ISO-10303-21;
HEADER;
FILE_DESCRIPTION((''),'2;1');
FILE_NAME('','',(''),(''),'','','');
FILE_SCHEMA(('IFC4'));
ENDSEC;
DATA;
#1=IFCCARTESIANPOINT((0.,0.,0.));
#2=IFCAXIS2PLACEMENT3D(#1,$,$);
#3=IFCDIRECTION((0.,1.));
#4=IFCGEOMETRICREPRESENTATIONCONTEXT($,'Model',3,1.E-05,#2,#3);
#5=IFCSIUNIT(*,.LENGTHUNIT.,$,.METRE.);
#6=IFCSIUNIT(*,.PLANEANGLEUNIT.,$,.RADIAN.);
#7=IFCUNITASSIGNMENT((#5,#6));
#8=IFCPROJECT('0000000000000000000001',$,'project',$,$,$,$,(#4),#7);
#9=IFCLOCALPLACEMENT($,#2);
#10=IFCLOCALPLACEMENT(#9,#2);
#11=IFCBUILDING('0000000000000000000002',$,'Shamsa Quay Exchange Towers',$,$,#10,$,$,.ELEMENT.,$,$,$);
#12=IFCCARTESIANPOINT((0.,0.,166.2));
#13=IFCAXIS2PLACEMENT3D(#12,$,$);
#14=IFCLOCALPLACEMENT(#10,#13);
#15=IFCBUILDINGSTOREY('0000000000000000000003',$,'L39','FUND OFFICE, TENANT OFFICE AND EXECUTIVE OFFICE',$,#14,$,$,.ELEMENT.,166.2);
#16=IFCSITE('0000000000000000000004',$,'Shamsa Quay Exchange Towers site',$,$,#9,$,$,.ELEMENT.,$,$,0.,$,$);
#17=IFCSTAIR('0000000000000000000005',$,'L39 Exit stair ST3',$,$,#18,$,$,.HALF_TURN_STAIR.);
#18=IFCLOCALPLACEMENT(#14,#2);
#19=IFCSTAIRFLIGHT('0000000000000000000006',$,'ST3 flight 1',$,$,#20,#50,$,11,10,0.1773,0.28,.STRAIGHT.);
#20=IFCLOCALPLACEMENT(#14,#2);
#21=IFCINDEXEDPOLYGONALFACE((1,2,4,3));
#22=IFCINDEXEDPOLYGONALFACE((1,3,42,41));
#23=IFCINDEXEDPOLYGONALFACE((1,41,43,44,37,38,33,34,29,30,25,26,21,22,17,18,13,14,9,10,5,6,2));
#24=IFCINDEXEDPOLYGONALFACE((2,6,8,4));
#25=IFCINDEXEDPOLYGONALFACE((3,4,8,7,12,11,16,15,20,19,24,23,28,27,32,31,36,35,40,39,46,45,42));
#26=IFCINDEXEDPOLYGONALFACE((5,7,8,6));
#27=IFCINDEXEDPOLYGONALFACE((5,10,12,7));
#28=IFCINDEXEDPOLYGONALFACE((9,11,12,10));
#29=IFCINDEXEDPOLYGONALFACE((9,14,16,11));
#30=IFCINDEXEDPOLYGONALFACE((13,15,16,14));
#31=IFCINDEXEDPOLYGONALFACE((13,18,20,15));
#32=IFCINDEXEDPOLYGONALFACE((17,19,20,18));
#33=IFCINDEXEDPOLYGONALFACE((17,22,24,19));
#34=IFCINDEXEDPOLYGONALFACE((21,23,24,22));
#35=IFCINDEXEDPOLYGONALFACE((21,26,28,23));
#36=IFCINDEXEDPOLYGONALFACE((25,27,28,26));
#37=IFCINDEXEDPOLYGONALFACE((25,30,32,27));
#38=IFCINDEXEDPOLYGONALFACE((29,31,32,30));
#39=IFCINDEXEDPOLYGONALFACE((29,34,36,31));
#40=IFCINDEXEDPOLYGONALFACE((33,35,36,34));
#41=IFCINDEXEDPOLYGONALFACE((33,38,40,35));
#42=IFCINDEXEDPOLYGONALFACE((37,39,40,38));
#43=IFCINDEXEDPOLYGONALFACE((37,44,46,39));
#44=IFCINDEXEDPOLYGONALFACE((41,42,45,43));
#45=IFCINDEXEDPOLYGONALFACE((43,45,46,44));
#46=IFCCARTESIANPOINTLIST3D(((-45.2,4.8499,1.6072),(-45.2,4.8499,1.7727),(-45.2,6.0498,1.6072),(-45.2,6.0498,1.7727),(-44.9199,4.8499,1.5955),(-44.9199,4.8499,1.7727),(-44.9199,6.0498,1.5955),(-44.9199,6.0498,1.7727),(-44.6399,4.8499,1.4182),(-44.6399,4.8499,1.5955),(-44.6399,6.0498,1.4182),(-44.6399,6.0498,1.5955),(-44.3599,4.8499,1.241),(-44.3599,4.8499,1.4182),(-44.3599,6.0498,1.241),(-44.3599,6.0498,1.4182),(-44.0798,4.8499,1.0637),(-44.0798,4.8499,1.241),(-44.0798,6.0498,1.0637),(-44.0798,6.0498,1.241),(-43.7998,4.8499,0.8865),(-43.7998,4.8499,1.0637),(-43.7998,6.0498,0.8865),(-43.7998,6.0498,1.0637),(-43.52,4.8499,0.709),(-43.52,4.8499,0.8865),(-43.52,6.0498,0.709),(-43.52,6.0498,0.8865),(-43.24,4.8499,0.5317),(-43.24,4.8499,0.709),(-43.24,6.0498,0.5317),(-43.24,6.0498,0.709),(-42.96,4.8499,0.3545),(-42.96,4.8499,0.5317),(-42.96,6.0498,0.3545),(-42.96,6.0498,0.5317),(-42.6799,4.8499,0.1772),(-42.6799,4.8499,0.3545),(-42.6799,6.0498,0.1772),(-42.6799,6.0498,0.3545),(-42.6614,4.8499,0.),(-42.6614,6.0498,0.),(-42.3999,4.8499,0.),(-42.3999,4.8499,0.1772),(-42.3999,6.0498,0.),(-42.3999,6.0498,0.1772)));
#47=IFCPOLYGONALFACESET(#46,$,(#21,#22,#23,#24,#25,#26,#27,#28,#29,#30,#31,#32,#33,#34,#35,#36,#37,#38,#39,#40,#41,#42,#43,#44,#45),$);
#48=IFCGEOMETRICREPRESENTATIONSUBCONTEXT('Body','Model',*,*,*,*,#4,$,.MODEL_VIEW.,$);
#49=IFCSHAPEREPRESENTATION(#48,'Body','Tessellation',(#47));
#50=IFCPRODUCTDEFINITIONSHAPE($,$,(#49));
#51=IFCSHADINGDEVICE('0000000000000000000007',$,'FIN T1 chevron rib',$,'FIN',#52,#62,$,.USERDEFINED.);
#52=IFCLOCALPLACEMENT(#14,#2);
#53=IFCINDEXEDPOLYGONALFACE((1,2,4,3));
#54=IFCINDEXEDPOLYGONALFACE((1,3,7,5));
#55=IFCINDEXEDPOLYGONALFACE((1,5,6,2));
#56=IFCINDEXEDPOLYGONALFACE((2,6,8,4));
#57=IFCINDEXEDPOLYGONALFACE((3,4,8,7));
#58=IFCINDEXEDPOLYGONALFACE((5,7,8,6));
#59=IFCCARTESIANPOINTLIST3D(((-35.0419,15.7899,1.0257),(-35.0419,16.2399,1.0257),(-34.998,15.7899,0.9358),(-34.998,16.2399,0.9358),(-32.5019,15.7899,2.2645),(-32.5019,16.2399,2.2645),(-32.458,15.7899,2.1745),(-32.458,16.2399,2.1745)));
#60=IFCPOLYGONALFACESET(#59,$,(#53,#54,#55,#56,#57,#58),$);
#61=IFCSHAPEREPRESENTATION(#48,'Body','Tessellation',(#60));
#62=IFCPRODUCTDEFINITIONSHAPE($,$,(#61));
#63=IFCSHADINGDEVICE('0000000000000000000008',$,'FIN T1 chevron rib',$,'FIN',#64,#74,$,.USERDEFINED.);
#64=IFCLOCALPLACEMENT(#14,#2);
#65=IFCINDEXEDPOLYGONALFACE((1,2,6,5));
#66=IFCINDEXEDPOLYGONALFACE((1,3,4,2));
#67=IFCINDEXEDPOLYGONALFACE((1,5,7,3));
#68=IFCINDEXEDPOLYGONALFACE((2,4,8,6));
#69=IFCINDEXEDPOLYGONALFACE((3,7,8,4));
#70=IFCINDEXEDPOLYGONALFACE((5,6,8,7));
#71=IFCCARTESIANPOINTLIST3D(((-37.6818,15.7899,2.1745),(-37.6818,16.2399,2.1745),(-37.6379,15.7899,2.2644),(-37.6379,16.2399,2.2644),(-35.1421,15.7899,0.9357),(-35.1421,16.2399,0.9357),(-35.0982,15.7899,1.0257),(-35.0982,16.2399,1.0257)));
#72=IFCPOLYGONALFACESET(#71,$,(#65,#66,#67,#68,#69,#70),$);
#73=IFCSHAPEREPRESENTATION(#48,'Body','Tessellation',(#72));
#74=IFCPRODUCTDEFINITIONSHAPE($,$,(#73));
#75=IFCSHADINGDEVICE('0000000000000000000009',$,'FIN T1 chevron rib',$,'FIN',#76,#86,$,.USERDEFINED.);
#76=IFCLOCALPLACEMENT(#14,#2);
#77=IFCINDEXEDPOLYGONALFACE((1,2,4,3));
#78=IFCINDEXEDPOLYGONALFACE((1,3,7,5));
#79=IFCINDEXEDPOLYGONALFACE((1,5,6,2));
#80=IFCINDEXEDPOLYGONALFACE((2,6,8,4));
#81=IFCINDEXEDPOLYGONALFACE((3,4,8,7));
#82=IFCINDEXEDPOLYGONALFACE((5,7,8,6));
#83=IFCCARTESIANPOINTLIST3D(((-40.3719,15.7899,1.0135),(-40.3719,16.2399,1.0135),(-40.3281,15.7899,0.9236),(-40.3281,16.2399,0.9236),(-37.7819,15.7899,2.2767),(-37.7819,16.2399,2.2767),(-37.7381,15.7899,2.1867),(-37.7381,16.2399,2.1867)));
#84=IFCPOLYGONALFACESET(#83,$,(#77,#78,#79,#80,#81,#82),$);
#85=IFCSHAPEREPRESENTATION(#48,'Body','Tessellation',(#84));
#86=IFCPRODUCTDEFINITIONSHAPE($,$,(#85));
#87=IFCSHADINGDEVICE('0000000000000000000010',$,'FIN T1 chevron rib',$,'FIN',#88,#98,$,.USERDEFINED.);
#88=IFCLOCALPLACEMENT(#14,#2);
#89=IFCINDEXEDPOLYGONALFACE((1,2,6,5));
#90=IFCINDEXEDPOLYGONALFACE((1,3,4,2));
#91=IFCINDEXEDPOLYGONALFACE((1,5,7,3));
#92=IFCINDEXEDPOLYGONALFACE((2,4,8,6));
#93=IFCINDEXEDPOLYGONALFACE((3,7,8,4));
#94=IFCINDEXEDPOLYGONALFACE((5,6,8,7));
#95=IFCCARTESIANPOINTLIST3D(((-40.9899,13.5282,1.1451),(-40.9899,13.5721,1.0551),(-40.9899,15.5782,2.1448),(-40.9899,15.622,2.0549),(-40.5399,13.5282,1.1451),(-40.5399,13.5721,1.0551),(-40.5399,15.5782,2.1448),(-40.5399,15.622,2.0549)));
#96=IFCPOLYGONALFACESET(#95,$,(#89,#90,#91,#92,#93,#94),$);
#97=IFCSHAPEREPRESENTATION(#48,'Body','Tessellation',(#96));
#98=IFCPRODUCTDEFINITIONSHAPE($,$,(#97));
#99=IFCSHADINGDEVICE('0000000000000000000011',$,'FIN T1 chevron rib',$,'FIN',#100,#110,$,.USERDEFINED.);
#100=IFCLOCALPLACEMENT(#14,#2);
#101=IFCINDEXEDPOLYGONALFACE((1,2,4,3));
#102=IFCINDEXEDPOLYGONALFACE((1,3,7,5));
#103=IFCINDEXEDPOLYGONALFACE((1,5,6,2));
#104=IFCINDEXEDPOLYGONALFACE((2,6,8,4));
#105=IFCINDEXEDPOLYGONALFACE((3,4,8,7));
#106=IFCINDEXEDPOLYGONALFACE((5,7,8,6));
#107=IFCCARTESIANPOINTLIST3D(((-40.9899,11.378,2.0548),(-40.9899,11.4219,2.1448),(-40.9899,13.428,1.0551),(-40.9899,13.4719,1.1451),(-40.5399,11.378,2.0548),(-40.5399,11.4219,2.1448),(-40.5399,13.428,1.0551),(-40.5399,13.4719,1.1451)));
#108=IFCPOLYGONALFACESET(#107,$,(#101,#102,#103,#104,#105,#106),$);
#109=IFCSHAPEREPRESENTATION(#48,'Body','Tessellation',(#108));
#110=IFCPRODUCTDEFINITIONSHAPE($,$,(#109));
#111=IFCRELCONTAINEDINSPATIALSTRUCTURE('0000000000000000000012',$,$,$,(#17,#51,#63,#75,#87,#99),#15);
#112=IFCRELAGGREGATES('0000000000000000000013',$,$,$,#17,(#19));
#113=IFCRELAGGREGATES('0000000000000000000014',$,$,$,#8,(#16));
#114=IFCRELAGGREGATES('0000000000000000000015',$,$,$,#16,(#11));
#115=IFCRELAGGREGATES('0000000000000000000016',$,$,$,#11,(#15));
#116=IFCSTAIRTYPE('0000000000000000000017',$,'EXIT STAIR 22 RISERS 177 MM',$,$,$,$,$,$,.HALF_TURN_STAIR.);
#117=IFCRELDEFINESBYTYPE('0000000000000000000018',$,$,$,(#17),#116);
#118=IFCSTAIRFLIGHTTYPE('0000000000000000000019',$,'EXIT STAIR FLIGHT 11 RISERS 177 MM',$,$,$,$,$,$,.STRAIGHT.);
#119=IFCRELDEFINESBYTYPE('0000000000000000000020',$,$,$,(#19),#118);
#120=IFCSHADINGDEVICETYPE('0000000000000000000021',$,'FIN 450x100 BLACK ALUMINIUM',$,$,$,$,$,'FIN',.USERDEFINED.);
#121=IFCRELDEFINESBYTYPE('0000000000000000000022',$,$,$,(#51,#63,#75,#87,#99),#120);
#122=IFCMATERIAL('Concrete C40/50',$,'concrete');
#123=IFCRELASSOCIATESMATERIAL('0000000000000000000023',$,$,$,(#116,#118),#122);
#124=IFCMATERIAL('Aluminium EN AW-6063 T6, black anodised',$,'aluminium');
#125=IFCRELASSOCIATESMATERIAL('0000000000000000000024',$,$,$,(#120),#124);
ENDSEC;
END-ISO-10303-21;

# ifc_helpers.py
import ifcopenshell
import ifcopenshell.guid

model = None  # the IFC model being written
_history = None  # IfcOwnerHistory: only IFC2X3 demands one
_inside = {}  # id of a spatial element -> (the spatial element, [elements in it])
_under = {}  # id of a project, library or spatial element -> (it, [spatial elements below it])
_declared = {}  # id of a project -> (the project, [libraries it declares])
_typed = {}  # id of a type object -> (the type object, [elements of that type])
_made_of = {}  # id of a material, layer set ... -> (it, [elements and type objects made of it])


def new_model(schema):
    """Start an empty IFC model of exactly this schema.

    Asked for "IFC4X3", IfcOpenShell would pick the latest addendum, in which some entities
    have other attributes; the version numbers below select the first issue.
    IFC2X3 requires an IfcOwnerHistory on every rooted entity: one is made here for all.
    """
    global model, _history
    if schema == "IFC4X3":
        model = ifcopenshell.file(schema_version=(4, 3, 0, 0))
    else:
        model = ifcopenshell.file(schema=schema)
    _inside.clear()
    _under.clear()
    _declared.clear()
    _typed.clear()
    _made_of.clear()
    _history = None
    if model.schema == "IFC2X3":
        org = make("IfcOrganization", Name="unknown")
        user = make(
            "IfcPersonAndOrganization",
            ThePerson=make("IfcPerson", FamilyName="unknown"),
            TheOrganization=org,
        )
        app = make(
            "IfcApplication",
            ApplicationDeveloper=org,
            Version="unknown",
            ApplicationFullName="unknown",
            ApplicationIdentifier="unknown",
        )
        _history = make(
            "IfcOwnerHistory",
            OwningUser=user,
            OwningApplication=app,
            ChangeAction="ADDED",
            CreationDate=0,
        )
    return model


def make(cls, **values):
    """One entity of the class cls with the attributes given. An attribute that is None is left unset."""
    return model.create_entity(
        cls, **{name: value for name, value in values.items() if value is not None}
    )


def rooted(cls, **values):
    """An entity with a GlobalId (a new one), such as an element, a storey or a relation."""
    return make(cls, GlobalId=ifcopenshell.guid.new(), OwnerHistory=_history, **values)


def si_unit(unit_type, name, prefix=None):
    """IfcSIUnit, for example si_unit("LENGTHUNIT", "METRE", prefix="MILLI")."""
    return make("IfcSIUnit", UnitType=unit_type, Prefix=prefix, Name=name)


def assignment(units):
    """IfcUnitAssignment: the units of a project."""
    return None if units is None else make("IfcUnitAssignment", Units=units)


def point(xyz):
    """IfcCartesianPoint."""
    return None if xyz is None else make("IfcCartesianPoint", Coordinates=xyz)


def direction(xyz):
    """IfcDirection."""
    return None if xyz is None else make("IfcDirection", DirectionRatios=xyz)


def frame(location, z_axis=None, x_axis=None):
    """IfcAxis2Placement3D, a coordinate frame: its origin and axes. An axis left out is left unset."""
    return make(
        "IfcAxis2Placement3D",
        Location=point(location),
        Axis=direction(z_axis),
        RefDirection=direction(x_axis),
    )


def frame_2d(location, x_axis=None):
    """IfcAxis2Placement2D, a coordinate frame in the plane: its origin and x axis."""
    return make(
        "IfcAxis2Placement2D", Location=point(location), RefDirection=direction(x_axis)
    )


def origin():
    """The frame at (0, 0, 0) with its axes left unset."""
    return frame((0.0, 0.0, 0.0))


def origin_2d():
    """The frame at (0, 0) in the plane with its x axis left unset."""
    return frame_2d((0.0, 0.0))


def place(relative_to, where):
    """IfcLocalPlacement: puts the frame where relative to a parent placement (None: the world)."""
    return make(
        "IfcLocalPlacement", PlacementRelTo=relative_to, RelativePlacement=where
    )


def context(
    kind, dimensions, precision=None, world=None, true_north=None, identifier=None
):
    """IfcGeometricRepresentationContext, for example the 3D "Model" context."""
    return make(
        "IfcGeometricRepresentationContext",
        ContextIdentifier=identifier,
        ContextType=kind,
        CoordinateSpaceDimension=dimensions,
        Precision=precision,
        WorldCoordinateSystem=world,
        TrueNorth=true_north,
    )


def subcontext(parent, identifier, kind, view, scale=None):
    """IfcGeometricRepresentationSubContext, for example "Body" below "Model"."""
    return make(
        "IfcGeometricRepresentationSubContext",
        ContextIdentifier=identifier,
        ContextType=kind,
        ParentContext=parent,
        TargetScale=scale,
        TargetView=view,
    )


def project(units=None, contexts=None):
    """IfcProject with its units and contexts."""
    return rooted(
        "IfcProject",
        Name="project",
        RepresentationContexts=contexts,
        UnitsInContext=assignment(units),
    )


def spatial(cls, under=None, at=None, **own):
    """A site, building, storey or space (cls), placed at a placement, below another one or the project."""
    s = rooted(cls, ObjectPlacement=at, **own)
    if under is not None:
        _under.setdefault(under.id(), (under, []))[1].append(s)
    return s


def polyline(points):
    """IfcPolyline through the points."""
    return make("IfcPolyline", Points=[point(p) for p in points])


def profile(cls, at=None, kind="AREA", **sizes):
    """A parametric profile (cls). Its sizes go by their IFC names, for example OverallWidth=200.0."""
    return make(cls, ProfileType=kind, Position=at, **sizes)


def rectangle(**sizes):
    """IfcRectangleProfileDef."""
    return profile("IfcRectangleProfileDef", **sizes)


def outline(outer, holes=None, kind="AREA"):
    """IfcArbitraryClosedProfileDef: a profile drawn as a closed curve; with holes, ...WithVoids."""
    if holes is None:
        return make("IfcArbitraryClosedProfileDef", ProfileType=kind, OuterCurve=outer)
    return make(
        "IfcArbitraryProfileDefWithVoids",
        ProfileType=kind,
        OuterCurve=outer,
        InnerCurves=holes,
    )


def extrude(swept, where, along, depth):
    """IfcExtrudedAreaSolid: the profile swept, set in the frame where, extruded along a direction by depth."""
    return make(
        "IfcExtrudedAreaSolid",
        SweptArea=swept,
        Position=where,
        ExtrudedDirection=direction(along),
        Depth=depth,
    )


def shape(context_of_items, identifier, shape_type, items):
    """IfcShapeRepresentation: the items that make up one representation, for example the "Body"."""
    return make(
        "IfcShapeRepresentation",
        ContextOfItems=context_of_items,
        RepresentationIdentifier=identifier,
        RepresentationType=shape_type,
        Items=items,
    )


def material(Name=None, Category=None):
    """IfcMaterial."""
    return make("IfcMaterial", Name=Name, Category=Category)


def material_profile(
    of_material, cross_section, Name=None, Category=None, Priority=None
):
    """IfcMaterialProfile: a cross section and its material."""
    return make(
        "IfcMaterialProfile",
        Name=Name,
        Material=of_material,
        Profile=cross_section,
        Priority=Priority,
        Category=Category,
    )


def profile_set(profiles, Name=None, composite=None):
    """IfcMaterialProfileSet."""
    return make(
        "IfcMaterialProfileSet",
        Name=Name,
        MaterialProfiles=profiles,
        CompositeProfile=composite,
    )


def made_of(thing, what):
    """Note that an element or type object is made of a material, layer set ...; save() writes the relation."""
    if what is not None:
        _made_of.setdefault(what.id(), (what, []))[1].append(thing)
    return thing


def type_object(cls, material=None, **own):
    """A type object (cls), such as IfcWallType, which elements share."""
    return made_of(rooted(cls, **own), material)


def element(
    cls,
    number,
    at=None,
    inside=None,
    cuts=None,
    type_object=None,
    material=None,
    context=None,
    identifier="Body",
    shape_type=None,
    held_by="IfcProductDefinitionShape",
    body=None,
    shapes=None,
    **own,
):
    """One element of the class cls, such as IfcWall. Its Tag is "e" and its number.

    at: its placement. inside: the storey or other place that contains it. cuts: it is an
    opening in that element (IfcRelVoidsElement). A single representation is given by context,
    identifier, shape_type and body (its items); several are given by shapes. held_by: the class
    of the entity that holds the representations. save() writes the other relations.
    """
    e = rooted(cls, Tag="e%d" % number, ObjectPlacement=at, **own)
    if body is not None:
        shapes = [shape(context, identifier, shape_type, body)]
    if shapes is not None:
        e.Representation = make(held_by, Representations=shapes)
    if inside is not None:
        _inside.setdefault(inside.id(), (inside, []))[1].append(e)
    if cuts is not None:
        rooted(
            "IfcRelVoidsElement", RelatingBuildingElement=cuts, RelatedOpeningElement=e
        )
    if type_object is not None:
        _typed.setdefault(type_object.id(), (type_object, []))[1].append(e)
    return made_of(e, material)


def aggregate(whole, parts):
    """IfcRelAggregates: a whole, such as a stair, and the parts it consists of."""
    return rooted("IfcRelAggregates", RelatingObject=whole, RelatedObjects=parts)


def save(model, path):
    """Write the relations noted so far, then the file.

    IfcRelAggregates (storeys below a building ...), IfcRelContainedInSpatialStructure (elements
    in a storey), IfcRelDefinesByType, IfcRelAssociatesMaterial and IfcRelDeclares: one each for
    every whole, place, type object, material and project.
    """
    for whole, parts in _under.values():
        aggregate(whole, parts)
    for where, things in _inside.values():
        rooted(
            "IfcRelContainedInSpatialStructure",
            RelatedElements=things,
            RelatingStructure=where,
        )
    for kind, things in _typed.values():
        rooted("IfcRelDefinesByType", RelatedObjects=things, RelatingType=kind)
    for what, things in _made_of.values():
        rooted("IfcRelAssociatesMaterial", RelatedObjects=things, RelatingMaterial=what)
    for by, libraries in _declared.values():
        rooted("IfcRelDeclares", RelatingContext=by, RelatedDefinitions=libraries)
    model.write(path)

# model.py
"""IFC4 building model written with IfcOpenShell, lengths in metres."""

from ifc_helpers import new_model, si_unit, direction, frame, origin, origin_2d, place, context, subcontext, project, spatial, polyline, rectangle, outline, extrude, material, material_profile, profile_set, type_object, element, aggregate, save


model = new_model("IFC4")

# Units and contexts
model_context = context("Model", 3, precision=1e-05, world=origin(), true_north=direction((0.0, 1.0)))
body_context = subcontext(model_context, "Body", "Model", "MODEL_VIEW")
ifc_project = project(units=[si_unit("LENGTHUNIT", "METRE"), si_unit("PLANEANGLEUNIT", "RADIAN")], contexts=[model_context])

# Site, building, storey
site_placement = place(None, origin())
site = spatial("IfcSite", under=ifc_project, at=site_placement, Name="Shamsa Quay Exchange Towers site", CompositionType="ELEMENT", RefElevation=0.0)
building_placement = place(site_placement, origin())
building = spatial("IfcBuilding", under=site, at=building_placement, Name="Shamsa Quay Exchange Towers", CompositionType="ELEMENT")
storey_placement = place(building_placement, frame((0.0, 0.0, 166.2)))
storey = spatial("IfcBuildingStorey", under=building, at=storey_placement, Name="L39", Description="FUND OFFICE, TENANT OFFICE AND EXECUTIVE OFFICE", CompositionType="ELEMENT", Elevation=166.2)

# Shared definitions
ifc_material_1 = material(Name="Aluminium EN AW-6063 T6, black anodised", Category="aluminium")

# Stair, stair flight
ifc_material_2 = material(Name="Concrete C40/50", Category="concrete")
stair_type = type_object("IfcStairType", Name="EXIT STAIR 22 RISERS 177 MM", PredefinedType="HALF_TURN_STAIR", material=ifc_material_2)
stair_placement = place(storey_placement, origin())
stair = element("IfcStair", 1, at=stair_placement, inside=storey, type_object=stair_type, Name="L39 Exit stair ST3", PredefinedType="HALF_TURN_STAIR")
stair_flight_type = type_object("IfcStairFlightType", Name="EXIT STAIR FLIGHT 11 RISERS 177 MM", PredefinedType="STRAIGHT", material=ifc_material_2)
stair_flight_placement = place(storey_placement, frame((-42.3999, 5.45, 0.0), z_axis=(0.0, 0.0, 1.0), x_axis=(-1.0, 0.0, 0.0)))
stair_flight = element("IfcStairFlight", 2, at=stair_flight_placement, type_object=stair_flight_type, Name="ST3 flight 1", NumberOfRisers=11, NumberOfTreads=10, PredefinedType="STRAIGHT", RiserHeight=0.1773, TreadLength=0.28, context=body_context, shape_type="SweptSolid", body=[
    extrude(outline(polyline([(0.0, 0.0), (0.0, 0.1772), (0.28, 0.1772), (0.28, 0.3545), (0.5601, 0.3545), (0.5601, 0.5317), (0.8401, 0.5317), (0.8401, 0.709), (1.1201, 0.709), (1.1201, 0.8865), (1.3999, 0.8865), (1.3999, 1.0637), (1.6799, 1.0637), (1.6799, 1.241), (1.96, 1.241), (1.96, 1.4182), (2.24, 1.4182), (2.24, 1.5955), (2.52, 1.5955), (2.52, 1.7727), (2.8, 1.7727), (2.8, 1.95), (2.8, 1.6072), (0.2615, 0.0), (0.0, 0.0)])), frame((0.0, 0.6001, 0.0), z_axis=(0.0, -1.0, 0.0), x_axis=(1.0, 0.0, 0.0)), (0.0, 0.0, 1.0), 1.2),
])
aggregate(stair, [stair_flight])

# Shading devices
ifc_material_profile_1 = material_profile(ifc_material_1, rectangle(XDim=0.45, YDim=0.1001, at=origin_2d()), Name="FIN450x100")
ifc_profile_set_1 = profile_set([ifc_material_profile_1], Name="Aluminium EN AW-6063 T6, black anodised")
shading_device_type = type_object("IfcShadingDeviceType", Name="FIN 450x100 BLACK ALUMINIUM", ElementType="FIN", PredefinedType="USERDEFINED", material=ifc_profile_set_1)
shading_device_1_placement = place(storey_placement, frame((-32.48, 16.0149, 2.2195), z_axis=(-0.898807, 0.0, -0.438345), x_axis=(0.0, -1.0, 0.0)))
element("IfcShadingDevice", 3, at=shading_device_1_placement, inside=storey, type_object=shading_device_type, Name="FIN T1 chevron rib", ObjectType="FIN", PredefinedType="USERDEFINED", context=body_context, shape_type="SweptSolid", body=[
    extrude(rectangle(XDim=0.45, YDim=0.1001, at=origin_2d()), origin(), (0.0, 0.0, 1.0), 2.8259),
])
shading_device_2_placement = place(storey_placement, frame((-35.1201, 16.0149, 0.9807), z_axis=(-0.89879, 0.0, 0.438379), x_axis=(0.0, -1.0, 0.0)))
element("IfcShadingDevice", 4, at=shading_device_2_placement, inside=storey, type_object=shading_device_type, Name="FIN T1 chevron rib", ObjectType="FIN", PredefinedType="USERDEFINED", context=body_context, shape_type="SweptSolid", body=[
    extrude(rectangle(XDim=0.45, YDim=0.1001, at=origin_2d()), origin(), (0.0, 0.0, 1.0), 2.8257),
])
shading_device_3_placement = place(storey_placement, frame((-37.76, 16.0149, 2.2317), z_axis=(-0.898806, 0.0, -0.438347), x_axis=(0.0, -1.0, 0.0)))
element("IfcShadingDevice", 5, at=shading_device_3_placement, inside=storey, type_object=shading_device_type, Name="FIN T1 chevron rib", ObjectType="FIN", PredefinedType="USERDEFINED", context=body_context, shape_type="SweptSolid", body=[
    extrude(rectangle(XDim=0.45, YDim=0.1001, at=origin_2d()), origin(), (0.0, 0.0, 1.0), 2.8816),
])
for number, where, z_axis, x_axis, name in (
    (6, (-40.7649, 15.6001, 2.0999), (0.0, -0.898815, -0.438329), (1.0, 0.0, 0.0), "FIN T1 chevron rib"),
    (7, (-40.7649, 13.45, 1.1001), (0.0, -0.898815, 0.438329), (1.0, 0.0, 0.0), "FIN T1 chevron rib"),
):
    element("IfcShadingDevice", number, at=place(storey_placement, frame(where, z_axis=z_axis, x_axis=x_axis)), inside=storey, type_object=shading_device_type, Name=name, ObjectType="FIN", PredefinedType="USERDEFINED", context=body_context, shape_type="SweptSolid", body=[
        extrude(rectangle(XDim=0.45, YDim=0.1001, at=origin_2d()), origin(), (0.0, 0.0, 1.0), 2.2808),
    ])

save(model, "model.ifc")
